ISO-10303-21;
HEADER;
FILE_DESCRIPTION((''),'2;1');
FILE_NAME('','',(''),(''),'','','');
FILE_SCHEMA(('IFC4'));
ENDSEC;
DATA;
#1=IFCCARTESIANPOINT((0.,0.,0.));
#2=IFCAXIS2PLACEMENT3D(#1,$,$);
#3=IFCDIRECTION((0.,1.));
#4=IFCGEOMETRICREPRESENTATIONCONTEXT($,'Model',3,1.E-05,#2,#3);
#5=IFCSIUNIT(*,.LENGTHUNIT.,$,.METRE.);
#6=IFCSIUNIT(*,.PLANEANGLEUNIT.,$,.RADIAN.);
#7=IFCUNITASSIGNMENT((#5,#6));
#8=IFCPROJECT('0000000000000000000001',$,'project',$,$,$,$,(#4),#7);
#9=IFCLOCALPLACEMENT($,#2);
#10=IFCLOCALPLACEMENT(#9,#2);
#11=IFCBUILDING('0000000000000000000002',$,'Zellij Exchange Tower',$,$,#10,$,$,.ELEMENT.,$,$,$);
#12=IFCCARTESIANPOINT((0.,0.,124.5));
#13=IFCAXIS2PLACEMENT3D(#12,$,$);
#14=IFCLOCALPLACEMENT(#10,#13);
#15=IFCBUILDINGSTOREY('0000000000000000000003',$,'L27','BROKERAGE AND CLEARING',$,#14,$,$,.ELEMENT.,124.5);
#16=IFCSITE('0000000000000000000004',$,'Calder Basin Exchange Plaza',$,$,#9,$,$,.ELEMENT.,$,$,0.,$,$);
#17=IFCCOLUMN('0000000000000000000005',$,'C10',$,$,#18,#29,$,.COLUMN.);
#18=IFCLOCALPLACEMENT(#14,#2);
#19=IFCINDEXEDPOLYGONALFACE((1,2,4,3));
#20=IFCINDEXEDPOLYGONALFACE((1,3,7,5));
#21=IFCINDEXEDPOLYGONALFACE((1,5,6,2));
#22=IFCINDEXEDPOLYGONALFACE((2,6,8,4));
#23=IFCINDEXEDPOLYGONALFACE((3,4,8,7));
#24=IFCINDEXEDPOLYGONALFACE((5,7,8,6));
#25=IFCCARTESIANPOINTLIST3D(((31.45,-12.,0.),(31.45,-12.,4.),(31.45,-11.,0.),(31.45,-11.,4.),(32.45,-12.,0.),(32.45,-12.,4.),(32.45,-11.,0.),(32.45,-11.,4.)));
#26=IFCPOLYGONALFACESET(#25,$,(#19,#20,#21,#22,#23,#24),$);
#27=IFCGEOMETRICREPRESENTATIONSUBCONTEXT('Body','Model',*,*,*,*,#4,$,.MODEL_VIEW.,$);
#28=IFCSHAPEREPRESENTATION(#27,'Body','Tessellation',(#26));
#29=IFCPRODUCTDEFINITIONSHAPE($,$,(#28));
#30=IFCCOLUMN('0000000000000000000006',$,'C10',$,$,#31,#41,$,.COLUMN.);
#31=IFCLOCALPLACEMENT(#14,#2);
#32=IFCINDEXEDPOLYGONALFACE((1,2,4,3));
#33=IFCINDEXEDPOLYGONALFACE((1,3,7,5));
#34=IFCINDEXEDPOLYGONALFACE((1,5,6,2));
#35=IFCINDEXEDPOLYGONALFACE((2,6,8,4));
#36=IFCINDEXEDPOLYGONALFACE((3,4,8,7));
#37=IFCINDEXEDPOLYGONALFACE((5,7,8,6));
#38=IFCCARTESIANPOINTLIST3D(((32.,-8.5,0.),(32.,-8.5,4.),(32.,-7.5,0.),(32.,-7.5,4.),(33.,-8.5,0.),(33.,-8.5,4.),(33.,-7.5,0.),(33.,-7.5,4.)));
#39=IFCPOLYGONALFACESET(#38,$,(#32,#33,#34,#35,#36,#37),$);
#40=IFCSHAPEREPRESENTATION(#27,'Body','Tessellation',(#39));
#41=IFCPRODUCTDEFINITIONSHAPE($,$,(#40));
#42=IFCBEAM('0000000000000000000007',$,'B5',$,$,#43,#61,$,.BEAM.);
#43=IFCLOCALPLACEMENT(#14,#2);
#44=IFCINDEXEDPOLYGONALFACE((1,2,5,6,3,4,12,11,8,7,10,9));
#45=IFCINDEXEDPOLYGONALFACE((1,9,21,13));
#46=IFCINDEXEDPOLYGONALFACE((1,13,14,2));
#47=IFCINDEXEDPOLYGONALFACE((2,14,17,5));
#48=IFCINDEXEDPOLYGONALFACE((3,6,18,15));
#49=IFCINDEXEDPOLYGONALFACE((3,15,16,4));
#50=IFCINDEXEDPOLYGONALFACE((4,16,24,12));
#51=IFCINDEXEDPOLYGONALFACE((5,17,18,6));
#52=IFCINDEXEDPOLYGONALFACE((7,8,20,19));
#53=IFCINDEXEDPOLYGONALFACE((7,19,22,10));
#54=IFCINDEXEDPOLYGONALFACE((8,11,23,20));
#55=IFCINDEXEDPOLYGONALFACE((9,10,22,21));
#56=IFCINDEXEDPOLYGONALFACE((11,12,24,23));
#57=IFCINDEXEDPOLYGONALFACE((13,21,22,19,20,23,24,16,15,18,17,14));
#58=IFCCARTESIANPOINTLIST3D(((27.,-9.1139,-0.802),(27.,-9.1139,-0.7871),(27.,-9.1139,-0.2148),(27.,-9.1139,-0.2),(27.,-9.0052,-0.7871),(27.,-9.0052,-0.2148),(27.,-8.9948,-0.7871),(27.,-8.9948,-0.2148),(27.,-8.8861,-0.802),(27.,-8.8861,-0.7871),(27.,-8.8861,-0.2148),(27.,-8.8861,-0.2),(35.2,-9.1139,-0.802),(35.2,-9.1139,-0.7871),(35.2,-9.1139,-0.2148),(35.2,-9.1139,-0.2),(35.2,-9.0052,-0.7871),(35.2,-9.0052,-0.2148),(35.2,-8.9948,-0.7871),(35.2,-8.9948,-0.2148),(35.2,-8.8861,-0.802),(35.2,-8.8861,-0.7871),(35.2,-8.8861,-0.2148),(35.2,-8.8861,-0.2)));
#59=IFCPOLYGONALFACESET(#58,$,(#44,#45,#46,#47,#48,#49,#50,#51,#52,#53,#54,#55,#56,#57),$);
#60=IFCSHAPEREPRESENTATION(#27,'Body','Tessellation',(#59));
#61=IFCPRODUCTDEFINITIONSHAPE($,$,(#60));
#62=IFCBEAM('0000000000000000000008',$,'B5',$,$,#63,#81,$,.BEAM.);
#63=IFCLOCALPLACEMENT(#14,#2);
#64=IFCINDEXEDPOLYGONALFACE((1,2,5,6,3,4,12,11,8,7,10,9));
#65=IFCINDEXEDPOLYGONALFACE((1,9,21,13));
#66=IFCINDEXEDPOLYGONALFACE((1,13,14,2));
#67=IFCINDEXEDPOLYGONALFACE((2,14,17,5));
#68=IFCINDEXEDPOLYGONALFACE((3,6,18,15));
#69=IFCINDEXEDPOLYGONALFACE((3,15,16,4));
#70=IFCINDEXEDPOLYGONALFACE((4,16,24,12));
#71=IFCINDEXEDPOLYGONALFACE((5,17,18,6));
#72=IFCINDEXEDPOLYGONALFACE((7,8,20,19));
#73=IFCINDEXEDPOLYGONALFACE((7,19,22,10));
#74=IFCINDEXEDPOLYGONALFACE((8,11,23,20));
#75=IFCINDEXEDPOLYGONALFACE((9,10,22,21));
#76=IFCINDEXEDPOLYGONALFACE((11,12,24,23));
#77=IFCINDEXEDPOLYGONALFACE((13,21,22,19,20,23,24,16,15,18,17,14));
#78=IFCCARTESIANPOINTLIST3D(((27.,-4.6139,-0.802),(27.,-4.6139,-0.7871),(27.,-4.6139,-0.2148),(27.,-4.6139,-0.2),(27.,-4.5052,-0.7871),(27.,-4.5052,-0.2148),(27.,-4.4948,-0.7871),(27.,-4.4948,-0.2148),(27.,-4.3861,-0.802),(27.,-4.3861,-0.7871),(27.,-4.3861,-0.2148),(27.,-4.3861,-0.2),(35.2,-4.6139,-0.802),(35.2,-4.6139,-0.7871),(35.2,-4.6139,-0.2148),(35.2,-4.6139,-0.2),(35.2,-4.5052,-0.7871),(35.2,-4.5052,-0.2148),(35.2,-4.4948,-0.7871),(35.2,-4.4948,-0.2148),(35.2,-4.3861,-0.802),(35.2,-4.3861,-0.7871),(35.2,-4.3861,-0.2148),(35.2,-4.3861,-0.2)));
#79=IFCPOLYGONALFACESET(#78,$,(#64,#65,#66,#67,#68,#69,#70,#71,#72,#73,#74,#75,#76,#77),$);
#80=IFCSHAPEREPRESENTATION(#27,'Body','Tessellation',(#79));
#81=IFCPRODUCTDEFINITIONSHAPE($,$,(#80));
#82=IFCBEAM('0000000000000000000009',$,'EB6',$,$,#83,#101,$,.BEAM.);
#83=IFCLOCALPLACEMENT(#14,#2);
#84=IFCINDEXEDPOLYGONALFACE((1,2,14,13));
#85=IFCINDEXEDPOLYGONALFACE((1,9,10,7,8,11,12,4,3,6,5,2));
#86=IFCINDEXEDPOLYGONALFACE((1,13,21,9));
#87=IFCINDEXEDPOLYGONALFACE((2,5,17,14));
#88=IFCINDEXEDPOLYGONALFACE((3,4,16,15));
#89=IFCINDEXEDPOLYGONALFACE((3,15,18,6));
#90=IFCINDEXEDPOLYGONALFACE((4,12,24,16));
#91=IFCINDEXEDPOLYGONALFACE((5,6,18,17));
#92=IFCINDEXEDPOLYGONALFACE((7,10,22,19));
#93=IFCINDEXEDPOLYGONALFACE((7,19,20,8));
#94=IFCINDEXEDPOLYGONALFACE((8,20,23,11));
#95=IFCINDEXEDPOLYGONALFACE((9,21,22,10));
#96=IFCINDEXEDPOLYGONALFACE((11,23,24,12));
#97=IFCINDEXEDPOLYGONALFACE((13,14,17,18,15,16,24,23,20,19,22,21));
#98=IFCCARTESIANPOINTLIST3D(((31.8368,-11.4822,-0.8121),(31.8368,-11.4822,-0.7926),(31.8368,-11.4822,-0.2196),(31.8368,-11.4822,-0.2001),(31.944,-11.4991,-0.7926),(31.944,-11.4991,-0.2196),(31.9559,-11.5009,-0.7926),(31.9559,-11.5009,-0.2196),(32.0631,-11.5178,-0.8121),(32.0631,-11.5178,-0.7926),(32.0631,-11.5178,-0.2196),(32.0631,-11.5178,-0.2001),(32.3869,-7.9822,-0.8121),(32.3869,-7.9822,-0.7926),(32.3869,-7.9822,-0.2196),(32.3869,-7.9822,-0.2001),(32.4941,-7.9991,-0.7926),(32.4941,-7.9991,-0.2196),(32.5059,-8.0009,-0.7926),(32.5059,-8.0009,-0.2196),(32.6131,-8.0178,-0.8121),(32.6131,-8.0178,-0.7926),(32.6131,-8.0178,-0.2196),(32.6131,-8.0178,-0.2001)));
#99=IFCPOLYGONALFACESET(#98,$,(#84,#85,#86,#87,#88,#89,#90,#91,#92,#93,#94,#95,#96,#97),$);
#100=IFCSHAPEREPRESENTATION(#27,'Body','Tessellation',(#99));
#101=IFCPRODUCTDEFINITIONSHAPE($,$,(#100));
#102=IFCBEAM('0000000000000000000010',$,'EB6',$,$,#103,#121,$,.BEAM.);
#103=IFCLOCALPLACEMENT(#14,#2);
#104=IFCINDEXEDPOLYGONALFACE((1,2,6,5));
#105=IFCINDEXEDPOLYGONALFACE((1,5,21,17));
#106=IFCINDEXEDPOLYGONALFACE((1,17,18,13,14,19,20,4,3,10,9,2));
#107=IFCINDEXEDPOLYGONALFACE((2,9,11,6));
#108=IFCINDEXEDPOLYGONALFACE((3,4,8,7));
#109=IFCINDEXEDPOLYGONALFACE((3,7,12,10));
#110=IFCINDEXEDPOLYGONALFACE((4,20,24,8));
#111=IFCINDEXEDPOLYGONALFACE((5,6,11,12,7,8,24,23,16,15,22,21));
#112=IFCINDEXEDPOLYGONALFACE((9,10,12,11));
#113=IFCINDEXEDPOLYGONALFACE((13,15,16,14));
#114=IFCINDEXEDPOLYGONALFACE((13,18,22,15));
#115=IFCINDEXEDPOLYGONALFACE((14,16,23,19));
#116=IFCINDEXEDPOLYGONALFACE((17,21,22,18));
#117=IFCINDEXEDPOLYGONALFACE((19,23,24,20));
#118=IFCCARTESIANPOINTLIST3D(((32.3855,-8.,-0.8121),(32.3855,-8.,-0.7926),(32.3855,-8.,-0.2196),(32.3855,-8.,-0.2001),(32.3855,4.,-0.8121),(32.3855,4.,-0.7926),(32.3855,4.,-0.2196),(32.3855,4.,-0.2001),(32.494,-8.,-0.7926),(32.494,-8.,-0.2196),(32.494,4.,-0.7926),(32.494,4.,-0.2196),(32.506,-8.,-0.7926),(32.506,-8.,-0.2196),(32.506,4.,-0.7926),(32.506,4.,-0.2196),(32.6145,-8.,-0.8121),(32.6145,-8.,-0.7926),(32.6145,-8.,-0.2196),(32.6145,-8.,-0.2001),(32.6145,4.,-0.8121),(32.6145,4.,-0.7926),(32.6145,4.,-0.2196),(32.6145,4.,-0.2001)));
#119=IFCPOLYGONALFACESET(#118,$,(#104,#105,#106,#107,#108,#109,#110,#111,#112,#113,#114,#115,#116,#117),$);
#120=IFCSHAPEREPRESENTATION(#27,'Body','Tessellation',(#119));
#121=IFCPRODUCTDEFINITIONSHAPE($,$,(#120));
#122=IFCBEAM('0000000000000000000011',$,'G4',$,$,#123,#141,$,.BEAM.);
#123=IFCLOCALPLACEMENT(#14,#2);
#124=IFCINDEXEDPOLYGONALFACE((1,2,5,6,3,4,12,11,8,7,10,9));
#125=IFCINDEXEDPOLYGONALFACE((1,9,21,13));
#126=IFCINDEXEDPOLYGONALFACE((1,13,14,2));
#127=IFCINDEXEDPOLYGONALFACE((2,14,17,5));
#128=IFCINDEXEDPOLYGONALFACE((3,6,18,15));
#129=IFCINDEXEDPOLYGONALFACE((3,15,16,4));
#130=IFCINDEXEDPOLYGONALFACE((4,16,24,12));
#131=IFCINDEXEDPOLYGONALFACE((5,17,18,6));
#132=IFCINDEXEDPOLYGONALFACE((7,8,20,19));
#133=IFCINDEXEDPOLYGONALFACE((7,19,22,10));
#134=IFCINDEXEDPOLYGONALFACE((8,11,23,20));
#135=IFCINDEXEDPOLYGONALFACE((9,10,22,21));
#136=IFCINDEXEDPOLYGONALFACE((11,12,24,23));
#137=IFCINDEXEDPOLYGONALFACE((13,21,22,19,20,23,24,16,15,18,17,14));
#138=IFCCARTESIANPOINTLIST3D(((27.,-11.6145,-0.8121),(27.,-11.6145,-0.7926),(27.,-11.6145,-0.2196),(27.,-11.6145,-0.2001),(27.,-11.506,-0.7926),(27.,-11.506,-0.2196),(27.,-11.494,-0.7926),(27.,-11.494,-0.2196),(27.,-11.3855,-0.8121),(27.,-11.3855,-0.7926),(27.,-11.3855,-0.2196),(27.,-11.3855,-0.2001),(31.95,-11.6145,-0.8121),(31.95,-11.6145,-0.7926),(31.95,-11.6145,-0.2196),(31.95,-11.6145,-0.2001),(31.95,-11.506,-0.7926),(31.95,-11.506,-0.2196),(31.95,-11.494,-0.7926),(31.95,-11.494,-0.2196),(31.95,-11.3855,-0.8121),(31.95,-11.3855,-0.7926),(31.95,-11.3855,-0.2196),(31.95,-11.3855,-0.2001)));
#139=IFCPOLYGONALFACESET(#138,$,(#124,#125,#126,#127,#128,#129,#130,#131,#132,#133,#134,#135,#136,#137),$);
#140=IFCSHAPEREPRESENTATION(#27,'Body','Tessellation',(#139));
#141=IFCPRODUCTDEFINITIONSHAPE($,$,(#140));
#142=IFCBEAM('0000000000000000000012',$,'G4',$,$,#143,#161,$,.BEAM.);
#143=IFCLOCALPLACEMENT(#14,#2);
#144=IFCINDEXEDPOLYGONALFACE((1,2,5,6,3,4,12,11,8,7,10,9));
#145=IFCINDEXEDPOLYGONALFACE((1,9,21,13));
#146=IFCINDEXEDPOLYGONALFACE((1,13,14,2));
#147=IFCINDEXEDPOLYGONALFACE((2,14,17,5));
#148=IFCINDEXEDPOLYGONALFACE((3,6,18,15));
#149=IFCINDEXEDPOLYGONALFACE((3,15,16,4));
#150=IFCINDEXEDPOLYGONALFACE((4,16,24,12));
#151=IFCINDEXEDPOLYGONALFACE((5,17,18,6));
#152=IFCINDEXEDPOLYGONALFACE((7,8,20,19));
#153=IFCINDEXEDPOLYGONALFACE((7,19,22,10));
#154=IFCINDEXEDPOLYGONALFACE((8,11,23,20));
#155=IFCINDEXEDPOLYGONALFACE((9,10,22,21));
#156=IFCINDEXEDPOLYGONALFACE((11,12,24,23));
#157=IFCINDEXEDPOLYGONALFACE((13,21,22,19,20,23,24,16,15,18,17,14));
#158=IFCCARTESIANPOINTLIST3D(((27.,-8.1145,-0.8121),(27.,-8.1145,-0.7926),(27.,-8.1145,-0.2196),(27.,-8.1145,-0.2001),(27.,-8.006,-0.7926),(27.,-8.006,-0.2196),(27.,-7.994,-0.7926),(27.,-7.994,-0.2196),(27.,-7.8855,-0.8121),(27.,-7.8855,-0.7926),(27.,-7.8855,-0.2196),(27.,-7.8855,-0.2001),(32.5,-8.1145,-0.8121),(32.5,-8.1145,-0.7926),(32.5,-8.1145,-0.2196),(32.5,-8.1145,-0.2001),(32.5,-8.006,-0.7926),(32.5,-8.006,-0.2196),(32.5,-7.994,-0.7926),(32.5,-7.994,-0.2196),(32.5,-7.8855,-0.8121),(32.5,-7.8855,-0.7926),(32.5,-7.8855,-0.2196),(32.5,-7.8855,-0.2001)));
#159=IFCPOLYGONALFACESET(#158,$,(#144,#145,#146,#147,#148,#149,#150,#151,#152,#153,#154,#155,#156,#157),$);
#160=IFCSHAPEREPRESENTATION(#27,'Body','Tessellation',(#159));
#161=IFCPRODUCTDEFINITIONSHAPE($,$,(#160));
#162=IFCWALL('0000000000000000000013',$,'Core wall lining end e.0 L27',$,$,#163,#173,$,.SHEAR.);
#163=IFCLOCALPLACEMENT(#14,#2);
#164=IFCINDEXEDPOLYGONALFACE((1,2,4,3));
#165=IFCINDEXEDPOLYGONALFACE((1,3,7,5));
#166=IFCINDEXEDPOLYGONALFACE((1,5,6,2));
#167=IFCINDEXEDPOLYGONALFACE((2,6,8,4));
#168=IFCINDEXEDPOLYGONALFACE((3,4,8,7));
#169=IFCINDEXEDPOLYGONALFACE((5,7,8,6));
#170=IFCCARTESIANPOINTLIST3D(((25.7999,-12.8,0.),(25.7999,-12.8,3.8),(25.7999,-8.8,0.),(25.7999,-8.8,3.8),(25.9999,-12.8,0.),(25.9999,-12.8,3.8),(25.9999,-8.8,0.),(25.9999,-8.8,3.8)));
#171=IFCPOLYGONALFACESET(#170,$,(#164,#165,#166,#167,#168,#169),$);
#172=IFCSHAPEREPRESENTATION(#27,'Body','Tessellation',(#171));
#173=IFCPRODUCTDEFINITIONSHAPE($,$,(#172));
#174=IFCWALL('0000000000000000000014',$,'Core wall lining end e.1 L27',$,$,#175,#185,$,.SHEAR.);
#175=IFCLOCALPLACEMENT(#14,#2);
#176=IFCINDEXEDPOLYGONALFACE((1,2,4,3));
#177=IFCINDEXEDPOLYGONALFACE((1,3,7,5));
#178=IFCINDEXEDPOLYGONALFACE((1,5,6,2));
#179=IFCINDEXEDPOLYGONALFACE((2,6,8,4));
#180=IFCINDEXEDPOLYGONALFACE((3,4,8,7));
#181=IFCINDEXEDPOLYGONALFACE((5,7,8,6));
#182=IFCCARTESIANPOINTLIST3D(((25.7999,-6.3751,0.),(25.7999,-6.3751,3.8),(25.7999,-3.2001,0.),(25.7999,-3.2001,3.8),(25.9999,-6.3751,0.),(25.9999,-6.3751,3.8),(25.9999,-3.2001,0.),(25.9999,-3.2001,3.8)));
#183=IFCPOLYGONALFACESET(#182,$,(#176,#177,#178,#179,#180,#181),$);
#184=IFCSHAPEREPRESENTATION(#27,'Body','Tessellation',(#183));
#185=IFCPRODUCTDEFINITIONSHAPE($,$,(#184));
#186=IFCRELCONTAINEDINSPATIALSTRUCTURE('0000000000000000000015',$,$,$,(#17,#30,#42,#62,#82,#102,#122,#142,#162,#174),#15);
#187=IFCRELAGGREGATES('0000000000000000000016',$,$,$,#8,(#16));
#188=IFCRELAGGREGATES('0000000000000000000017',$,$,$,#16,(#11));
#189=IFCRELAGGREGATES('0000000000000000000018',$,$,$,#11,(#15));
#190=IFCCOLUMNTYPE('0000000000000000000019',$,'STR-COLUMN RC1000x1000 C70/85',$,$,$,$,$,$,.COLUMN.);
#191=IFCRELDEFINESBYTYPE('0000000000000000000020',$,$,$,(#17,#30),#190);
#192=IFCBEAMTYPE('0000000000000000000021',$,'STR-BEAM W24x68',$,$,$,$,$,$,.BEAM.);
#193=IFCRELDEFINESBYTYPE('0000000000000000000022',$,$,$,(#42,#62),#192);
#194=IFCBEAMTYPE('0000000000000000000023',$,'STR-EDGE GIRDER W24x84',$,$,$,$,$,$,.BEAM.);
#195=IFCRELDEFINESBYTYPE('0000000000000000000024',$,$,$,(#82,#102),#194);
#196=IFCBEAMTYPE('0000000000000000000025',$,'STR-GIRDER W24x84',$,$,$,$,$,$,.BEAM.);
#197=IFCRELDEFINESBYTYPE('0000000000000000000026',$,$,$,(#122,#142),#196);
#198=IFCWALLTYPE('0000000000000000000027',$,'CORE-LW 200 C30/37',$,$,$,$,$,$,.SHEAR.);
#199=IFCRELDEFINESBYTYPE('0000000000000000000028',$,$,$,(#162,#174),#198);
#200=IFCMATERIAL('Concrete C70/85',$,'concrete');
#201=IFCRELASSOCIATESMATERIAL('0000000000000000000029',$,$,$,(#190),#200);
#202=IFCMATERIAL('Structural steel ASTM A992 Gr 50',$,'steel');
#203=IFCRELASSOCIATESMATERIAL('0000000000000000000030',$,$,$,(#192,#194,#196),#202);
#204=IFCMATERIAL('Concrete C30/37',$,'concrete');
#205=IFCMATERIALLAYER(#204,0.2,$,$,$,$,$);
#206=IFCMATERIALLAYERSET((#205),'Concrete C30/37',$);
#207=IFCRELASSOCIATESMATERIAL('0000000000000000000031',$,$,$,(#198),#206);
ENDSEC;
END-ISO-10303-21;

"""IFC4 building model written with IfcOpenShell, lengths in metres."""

from ifc_helpers import new_model, si_unit, direction, frame, frame_2d, origin, origin_2d, place, context, subcontext, project, spatial, rectangle, i_section, extrude, material, layer, layer_set, material_profile, profile_set, type_object, element, save


model = new_model("IFC4")

# Units and contexts
model_context = context("Model", 3, precision=1e-05, world=origin(), true_north=direction((0.0, 1.0)))
body_context = subcontext(model_context, "Body", "Model", "MODEL_VIEW")
ifc_project = project(units=[si_unit("LENGTHUNIT", "METRE"), si_unit("PLANEANGLEUNIT", "RADIAN")], contexts=[model_context])

# Site, building, storey
site_placement = place(None, origin())
site = spatial("IfcSite", under=ifc_project, at=site_placement, Name="Calder Basin Exchange Plaza", CompositionType="ELEMENT", RefElevation=0.0)
building_placement = place(site_placement, origin())
building = spatial("IfcBuilding", under=site, at=building_placement, Name="Zellij Exchange Tower", CompositionType="ELEMENT")
storey_placement = place(building_placement, frame((0.0, 0.0, 124.5)))
storey = spatial("IfcBuildingStorey", under=building, at=storey_placement, Name="L27", Description="BROKERAGE AND CLEARING", CompositionType="ELEMENT", Elevation=124.5)

# Columns
ifc_material_1 = material(Name="Concrete C70/85", Category="concrete")
ifc_material_profile_1 = material_profile(ifc_material_1, rectangle(XDim=1.0, YDim=1.0, at=origin_2d()), Name="STR-COLUMN RC1000x1000 C70/85")
ifc_profile_set_1 = profile_set([ifc_material_profile_1], Name="Concrete C70/85")
column_type = type_object("IfcColumnType", Name="STR-COLUMN RC1000x1000 C70/85", PredefinedType="COLUMN", material=ifc_profile_set_1)
for number, where, z_axis, x_axis, name in (
    (1, (31.95, -11.5, 0.0), (0.0, 0.0, 1.0), (1.0, 0.0, 0.0), "C10"),
    (2, (32.5, -8.0, 0.0), (0.0, 0.0, 1.0), (1.0, 0.0, 0.0), "C10"),
):
    element("IfcColumn", number, at=place(storey_placement, frame(where, z_axis=z_axis, x_axis=x_axis)), inside=storey, type_object=column_type, Name=name, PredefinedType="COLUMN", context=body_context, shape_type="SweptSolid", body=[
        extrude(rectangle(XDim=1.0, YDim=1.0, at=origin_2d()), origin(), (0.0, 0.0, 1.0), 4.0),
    ])

# Beams
ifc_material_2 = material(Name="Structural steel ASTM A992 Gr 50", Category="steel")
ifc_material_profile_2 = material_profile(ifc_material_2, i_section(OverallWidth=0.2278, OverallDepth=0.6021, WebThickness=0.0105, FlangeThickness=0.0149, at=origin_2d()), Name="W24x68")
ifc_profile_set_2 = profile_set([ifc_material_profile_2], Name="Structural steel ASTM A992 Gr 50")
beam_type_1 = type_object("IfcBeamType", Name="STR-BEAM W24x68", PredefinedType="BEAM", material=ifc_profile_set_2)
for number, where, z_axis, x_axis, name in (
    (3, (27.0, -9.0, -0.501), (1.0, 0.0, 0.0), (0.0, 1.0, 0.0), "B5"),
    (4, (27.0, -4.5, -0.501), (1.0, 0.0, 0.0), (0.0, 1.0, 0.0), "B5"),
):
    element("IfcBeam", number, at=place(storey_placement, frame(where, z_axis=z_axis, x_axis=x_axis)), inside=storey, type_object=beam_type_1, Name=name, PredefinedType="BEAM", context=body_context, shape_type="SweptSolid", body=[
        extrude(i_section(OverallWidth=0.2278, OverallDepth=0.6021, WebThickness=0.0105, FlangeThickness=0.0149, at=origin_2d()), origin(), (0.0, 0.0, 1.0), 8.2),
    ])
ifc_material_profile_3 = material_profile(ifc_material_2, i_section(OverallWidth=0.229, OverallDepth=0.6121, WebThickness=0.012, FlangeThickness=0.0195, at=origin_2d()), Name="W24x84")
ifc_profile_set_3 = profile_set([ifc_material_profile_3], Name="Structural steel ASTM A992 Gr 50")
beam_type_2 = type_object("IfcBeamType", Name="STR-EDGE GIRDER W24x84", PredefinedType="BEAM", material=ifc_profile_set_3)
beam_1_placement = place(storey_placement, frame((31.95, -11.5, -0.5061), z_axis=(0.155251, 0.987875, 0.0), x_axis=(-0.987875, 0.155251, 0.0)))
element("IfcBeam", 5, at=beam_1_placement, inside=storey, type_object=beam_type_2, Name="EB6", PredefinedType="BEAM", context=body_context, shape_type="SweptSolid", body=[
    extrude(i_section(OverallWidth=0.229, OverallDepth=0.6121, WebThickness=0.012, FlangeThickness=0.0195, at=origin_2d()), origin(), (0.0, 0.0, 1.0), 3.543),
])
beam_2_placement = place(storey_placement, frame((32.5, -8.0, -0.5061), z_axis=(0.0, 1.0, 0.0), x_axis=(-1.0, 0.0, 0.0)))
element("IfcBeam", 6, at=beam_2_placement, inside=storey, type_object=beam_type_2, Name="EB6", PredefinedType="BEAM", context=body_context, shape_type="SweptSolid", body=[
    extrude(i_section(OverallWidth=0.229, OverallDepth=0.6121, WebThickness=0.012, FlangeThickness=0.0195, at=origin_2d()), origin(), (0.0, 0.0, 1.0), 12.0),
])
ifc_material_profile_4 = material_profile(ifc_material_2, i_section(OverallWidth=0.229, OverallDepth=0.6121, WebThickness=0.012, FlangeThickness=0.0195, at=origin_2d()), Name="W24x84")
ifc_profile_set_4 = profile_set([ifc_material_profile_4], Name="Structural steel ASTM A992 Gr 50")
beam_type_3 = type_object("IfcBeamType", Name="STR-GIRDER W24x84", PredefinedType="BEAM", material=ifc_profile_set_4)
beam_3_placement = place(storey_placement, frame((27.0, -11.5, -0.5061), z_axis=(1.0, 0.0, 0.0), x_axis=(0.0, 1.0, 0.0)))
element("IfcBeam", 7, at=beam_3_placement, inside=storey, type_object=beam_type_3, Name="G4", PredefinedType="BEAM", context=body_context, shape_type="SweptSolid", body=[
    extrude(i_section(OverallWidth=0.229, OverallDepth=0.6121, WebThickness=0.012, FlangeThickness=0.0195, at=origin_2d()), origin(), (0.0, 0.0, 1.0), 4.95),
])
beam_4_placement = place(storey_placement, frame((27.0, -8.0, -0.5061), z_axis=(1.0, 0.0, 0.0), x_axis=(0.0, 1.0, 0.0)))
element("IfcBeam", 8, at=beam_4_placement, inside=storey, type_object=beam_type_3, Name="G4", PredefinedType="BEAM", context=body_context, shape_type="SweptSolid", body=[
    extrude(i_section(OverallWidth=0.229, OverallDepth=0.6121, WebThickness=0.012, FlangeThickness=0.0195, at=origin_2d()), origin(), (0.0, 0.0, 1.0), 5.5),
])

# Walls
ifc_material_3 = material(Name="Concrete C30/37", Category="concrete")
ifc_layer_1 = layer(ifc_material_3, 0.2)
ifc_layer_set_1 = layer_set([ifc_layer_1], Name="Concrete C30/37")
wall_type_1 = type_object("IfcWallType", Name="CORE-LW 200 C30/37", PredefinedType="SHEAR", material=ifc_layer_set_1)
wall_1_placement = place(storey_placement, frame((25.8999, -12.8, 0.0), z_axis=(0.0, 0.0, 1.0), x_axis=(0.0, 1.0, 0.0)))
element("IfcWall", 9, at=wall_1_placement, inside=storey, type_object=wall_type_1, Name="Core wall lining end e.0 L27", PredefinedType="SHEAR", context=body_context, shape_type="SweptSolid", body=[
    extrude(rectangle(XDim=4.0, YDim=0.2, at=frame_2d((2.0, 0.0))), origin(), (0.0, 0.0, 1.0), 3.8),
])
wall_2_placement = place(storey_placement, frame((25.8999, -6.375, 0.0), z_axis=(0.0, 0.0, 1.0), x_axis=(0.0, 1.0, 0.0)))
element("IfcWall", 10, at=wall_2_placement, inside=storey, type_object=wall_type_1, Name="Core wall lining end e.1 L27", PredefinedType="SHEAR", context=body_context, shape_type="SweptSolid", body=[
    extrude(rectangle(XDim=3.175, YDim=0.2, at=frame_2d((1.5874, 0.0))), origin(), (0.0, 0.0, 1.0), 3.8),
])

save(model, "model.ifc")
